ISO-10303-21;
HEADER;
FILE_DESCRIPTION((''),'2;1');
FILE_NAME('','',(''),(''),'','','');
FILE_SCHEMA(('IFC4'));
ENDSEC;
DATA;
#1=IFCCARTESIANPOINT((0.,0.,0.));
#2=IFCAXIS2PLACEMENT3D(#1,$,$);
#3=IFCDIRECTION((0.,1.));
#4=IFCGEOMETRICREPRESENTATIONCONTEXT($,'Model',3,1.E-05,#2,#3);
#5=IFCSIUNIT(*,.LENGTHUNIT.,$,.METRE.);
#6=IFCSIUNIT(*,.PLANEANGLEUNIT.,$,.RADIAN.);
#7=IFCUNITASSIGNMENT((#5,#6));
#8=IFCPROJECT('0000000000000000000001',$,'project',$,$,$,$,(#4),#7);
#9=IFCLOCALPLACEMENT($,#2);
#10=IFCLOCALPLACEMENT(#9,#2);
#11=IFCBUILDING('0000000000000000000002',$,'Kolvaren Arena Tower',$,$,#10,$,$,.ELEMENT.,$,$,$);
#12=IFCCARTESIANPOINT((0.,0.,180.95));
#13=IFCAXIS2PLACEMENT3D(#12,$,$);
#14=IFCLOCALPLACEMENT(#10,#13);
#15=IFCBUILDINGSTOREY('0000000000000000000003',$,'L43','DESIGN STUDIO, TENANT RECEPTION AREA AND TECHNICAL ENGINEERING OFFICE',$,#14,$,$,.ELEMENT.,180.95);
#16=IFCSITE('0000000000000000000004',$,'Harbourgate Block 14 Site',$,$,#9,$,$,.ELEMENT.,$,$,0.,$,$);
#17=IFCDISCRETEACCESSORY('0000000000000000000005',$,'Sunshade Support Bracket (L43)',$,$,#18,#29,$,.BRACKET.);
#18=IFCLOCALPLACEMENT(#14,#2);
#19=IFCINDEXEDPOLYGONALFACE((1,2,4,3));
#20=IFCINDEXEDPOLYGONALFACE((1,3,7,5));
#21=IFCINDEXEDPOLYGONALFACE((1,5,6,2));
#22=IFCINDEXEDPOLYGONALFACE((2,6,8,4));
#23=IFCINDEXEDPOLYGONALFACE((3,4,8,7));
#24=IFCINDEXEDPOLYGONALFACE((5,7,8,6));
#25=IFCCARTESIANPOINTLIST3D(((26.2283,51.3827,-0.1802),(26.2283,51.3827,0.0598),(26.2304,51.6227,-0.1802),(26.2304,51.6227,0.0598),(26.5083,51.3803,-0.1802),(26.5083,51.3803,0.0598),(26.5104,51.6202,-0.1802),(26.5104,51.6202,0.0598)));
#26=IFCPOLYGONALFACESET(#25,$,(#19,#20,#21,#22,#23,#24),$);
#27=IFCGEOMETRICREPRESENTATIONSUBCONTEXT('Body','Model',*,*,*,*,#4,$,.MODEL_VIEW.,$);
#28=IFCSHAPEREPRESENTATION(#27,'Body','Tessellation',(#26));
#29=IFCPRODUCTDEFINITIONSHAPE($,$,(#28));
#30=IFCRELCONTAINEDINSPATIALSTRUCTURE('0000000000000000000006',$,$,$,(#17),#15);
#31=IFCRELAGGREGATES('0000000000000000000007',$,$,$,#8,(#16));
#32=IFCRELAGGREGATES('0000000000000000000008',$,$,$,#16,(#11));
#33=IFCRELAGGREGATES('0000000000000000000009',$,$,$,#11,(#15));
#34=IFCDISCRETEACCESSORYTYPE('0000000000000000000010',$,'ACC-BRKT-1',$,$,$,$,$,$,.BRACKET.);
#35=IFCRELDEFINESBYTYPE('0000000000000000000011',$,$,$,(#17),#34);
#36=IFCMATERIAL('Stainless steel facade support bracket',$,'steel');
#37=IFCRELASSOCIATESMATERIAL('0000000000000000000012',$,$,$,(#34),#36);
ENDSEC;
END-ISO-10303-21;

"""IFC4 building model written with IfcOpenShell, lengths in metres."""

from ifc_helpers import new_model, si_unit, direction, frame, origin, origin_2d, place, context, subcontext, project, spatial, rectangle, extrude, material, type_object, element, save


model = new_model("IFC4")

# Units and contexts
model_context = context("Model", 3, precision=1e-05, world=origin(), true_north=direction((0.0, 1.0)))
body_context = subcontext(model_context, "Body", "Model", "MODEL_VIEW")
ifc_project = project(units=[si_unit("LENGTHUNIT", "METRE"), si_unit("PLANEANGLEUNIT", "RADIAN")], contexts=[model_context])

# Site, building, storey
site_placement = place(None, origin())
site = spatial("IfcSite", under=ifc_project, at=site_placement, Name="Harbourgate Block 14 Site", CompositionType="ELEMENT", RefElevation=0.0)
building_placement = place(site_placement, origin())
building = spatial("IfcBuilding", under=site, at=building_placement, Name="Kolvaren Arena Tower", CompositionType="ELEMENT")
storey_placement = place(building_placement, frame((0.0, 0.0, 180.95)))
storey = spatial("IfcBuildingStorey", under=building, at=storey_placement, Name="L43", Description="DESIGN STUDIO, TENANT RECEPTION AREA AND TECHNICAL ENGINEERING OFFICE", CompositionType="ELEMENT", Elevation=180.95)

# Discrete accessory
ifc_material_1 = material(Name="Stainless steel facade support bracket", Category="steel")
discrete_accessory_type = type_object("IfcDiscreteAccessoryType", Name="ACC-BRKT-1", PredefinedType="BRACKET", material=ifc_material_1)
for number, where, z_axis, x_axis, name in (
    (1, (26.3694, 51.5015, -0.1802), (0.0, 0.0, 1.0), (0.999962, -0.008727, 0.0), "Sunshade Support Bracket (L43)"),
):
    element("IfcDiscreteAccessory", number, at=place(storey_placement, frame(where, z_axis=z_axis, x_axis=x_axis)), inside=storey, type_object=discrete_accessory_type, Name=name, PredefinedType="BRACKET", context=body_context, shape_type="SweptSolid", body=[
        extrude(rectangle(XDim=0.28, YDim=0.24, at=origin_2d()), origin(), (0.0, 0.0, 1.0), 0.24),
    ])

save(model, "model.ifc")
